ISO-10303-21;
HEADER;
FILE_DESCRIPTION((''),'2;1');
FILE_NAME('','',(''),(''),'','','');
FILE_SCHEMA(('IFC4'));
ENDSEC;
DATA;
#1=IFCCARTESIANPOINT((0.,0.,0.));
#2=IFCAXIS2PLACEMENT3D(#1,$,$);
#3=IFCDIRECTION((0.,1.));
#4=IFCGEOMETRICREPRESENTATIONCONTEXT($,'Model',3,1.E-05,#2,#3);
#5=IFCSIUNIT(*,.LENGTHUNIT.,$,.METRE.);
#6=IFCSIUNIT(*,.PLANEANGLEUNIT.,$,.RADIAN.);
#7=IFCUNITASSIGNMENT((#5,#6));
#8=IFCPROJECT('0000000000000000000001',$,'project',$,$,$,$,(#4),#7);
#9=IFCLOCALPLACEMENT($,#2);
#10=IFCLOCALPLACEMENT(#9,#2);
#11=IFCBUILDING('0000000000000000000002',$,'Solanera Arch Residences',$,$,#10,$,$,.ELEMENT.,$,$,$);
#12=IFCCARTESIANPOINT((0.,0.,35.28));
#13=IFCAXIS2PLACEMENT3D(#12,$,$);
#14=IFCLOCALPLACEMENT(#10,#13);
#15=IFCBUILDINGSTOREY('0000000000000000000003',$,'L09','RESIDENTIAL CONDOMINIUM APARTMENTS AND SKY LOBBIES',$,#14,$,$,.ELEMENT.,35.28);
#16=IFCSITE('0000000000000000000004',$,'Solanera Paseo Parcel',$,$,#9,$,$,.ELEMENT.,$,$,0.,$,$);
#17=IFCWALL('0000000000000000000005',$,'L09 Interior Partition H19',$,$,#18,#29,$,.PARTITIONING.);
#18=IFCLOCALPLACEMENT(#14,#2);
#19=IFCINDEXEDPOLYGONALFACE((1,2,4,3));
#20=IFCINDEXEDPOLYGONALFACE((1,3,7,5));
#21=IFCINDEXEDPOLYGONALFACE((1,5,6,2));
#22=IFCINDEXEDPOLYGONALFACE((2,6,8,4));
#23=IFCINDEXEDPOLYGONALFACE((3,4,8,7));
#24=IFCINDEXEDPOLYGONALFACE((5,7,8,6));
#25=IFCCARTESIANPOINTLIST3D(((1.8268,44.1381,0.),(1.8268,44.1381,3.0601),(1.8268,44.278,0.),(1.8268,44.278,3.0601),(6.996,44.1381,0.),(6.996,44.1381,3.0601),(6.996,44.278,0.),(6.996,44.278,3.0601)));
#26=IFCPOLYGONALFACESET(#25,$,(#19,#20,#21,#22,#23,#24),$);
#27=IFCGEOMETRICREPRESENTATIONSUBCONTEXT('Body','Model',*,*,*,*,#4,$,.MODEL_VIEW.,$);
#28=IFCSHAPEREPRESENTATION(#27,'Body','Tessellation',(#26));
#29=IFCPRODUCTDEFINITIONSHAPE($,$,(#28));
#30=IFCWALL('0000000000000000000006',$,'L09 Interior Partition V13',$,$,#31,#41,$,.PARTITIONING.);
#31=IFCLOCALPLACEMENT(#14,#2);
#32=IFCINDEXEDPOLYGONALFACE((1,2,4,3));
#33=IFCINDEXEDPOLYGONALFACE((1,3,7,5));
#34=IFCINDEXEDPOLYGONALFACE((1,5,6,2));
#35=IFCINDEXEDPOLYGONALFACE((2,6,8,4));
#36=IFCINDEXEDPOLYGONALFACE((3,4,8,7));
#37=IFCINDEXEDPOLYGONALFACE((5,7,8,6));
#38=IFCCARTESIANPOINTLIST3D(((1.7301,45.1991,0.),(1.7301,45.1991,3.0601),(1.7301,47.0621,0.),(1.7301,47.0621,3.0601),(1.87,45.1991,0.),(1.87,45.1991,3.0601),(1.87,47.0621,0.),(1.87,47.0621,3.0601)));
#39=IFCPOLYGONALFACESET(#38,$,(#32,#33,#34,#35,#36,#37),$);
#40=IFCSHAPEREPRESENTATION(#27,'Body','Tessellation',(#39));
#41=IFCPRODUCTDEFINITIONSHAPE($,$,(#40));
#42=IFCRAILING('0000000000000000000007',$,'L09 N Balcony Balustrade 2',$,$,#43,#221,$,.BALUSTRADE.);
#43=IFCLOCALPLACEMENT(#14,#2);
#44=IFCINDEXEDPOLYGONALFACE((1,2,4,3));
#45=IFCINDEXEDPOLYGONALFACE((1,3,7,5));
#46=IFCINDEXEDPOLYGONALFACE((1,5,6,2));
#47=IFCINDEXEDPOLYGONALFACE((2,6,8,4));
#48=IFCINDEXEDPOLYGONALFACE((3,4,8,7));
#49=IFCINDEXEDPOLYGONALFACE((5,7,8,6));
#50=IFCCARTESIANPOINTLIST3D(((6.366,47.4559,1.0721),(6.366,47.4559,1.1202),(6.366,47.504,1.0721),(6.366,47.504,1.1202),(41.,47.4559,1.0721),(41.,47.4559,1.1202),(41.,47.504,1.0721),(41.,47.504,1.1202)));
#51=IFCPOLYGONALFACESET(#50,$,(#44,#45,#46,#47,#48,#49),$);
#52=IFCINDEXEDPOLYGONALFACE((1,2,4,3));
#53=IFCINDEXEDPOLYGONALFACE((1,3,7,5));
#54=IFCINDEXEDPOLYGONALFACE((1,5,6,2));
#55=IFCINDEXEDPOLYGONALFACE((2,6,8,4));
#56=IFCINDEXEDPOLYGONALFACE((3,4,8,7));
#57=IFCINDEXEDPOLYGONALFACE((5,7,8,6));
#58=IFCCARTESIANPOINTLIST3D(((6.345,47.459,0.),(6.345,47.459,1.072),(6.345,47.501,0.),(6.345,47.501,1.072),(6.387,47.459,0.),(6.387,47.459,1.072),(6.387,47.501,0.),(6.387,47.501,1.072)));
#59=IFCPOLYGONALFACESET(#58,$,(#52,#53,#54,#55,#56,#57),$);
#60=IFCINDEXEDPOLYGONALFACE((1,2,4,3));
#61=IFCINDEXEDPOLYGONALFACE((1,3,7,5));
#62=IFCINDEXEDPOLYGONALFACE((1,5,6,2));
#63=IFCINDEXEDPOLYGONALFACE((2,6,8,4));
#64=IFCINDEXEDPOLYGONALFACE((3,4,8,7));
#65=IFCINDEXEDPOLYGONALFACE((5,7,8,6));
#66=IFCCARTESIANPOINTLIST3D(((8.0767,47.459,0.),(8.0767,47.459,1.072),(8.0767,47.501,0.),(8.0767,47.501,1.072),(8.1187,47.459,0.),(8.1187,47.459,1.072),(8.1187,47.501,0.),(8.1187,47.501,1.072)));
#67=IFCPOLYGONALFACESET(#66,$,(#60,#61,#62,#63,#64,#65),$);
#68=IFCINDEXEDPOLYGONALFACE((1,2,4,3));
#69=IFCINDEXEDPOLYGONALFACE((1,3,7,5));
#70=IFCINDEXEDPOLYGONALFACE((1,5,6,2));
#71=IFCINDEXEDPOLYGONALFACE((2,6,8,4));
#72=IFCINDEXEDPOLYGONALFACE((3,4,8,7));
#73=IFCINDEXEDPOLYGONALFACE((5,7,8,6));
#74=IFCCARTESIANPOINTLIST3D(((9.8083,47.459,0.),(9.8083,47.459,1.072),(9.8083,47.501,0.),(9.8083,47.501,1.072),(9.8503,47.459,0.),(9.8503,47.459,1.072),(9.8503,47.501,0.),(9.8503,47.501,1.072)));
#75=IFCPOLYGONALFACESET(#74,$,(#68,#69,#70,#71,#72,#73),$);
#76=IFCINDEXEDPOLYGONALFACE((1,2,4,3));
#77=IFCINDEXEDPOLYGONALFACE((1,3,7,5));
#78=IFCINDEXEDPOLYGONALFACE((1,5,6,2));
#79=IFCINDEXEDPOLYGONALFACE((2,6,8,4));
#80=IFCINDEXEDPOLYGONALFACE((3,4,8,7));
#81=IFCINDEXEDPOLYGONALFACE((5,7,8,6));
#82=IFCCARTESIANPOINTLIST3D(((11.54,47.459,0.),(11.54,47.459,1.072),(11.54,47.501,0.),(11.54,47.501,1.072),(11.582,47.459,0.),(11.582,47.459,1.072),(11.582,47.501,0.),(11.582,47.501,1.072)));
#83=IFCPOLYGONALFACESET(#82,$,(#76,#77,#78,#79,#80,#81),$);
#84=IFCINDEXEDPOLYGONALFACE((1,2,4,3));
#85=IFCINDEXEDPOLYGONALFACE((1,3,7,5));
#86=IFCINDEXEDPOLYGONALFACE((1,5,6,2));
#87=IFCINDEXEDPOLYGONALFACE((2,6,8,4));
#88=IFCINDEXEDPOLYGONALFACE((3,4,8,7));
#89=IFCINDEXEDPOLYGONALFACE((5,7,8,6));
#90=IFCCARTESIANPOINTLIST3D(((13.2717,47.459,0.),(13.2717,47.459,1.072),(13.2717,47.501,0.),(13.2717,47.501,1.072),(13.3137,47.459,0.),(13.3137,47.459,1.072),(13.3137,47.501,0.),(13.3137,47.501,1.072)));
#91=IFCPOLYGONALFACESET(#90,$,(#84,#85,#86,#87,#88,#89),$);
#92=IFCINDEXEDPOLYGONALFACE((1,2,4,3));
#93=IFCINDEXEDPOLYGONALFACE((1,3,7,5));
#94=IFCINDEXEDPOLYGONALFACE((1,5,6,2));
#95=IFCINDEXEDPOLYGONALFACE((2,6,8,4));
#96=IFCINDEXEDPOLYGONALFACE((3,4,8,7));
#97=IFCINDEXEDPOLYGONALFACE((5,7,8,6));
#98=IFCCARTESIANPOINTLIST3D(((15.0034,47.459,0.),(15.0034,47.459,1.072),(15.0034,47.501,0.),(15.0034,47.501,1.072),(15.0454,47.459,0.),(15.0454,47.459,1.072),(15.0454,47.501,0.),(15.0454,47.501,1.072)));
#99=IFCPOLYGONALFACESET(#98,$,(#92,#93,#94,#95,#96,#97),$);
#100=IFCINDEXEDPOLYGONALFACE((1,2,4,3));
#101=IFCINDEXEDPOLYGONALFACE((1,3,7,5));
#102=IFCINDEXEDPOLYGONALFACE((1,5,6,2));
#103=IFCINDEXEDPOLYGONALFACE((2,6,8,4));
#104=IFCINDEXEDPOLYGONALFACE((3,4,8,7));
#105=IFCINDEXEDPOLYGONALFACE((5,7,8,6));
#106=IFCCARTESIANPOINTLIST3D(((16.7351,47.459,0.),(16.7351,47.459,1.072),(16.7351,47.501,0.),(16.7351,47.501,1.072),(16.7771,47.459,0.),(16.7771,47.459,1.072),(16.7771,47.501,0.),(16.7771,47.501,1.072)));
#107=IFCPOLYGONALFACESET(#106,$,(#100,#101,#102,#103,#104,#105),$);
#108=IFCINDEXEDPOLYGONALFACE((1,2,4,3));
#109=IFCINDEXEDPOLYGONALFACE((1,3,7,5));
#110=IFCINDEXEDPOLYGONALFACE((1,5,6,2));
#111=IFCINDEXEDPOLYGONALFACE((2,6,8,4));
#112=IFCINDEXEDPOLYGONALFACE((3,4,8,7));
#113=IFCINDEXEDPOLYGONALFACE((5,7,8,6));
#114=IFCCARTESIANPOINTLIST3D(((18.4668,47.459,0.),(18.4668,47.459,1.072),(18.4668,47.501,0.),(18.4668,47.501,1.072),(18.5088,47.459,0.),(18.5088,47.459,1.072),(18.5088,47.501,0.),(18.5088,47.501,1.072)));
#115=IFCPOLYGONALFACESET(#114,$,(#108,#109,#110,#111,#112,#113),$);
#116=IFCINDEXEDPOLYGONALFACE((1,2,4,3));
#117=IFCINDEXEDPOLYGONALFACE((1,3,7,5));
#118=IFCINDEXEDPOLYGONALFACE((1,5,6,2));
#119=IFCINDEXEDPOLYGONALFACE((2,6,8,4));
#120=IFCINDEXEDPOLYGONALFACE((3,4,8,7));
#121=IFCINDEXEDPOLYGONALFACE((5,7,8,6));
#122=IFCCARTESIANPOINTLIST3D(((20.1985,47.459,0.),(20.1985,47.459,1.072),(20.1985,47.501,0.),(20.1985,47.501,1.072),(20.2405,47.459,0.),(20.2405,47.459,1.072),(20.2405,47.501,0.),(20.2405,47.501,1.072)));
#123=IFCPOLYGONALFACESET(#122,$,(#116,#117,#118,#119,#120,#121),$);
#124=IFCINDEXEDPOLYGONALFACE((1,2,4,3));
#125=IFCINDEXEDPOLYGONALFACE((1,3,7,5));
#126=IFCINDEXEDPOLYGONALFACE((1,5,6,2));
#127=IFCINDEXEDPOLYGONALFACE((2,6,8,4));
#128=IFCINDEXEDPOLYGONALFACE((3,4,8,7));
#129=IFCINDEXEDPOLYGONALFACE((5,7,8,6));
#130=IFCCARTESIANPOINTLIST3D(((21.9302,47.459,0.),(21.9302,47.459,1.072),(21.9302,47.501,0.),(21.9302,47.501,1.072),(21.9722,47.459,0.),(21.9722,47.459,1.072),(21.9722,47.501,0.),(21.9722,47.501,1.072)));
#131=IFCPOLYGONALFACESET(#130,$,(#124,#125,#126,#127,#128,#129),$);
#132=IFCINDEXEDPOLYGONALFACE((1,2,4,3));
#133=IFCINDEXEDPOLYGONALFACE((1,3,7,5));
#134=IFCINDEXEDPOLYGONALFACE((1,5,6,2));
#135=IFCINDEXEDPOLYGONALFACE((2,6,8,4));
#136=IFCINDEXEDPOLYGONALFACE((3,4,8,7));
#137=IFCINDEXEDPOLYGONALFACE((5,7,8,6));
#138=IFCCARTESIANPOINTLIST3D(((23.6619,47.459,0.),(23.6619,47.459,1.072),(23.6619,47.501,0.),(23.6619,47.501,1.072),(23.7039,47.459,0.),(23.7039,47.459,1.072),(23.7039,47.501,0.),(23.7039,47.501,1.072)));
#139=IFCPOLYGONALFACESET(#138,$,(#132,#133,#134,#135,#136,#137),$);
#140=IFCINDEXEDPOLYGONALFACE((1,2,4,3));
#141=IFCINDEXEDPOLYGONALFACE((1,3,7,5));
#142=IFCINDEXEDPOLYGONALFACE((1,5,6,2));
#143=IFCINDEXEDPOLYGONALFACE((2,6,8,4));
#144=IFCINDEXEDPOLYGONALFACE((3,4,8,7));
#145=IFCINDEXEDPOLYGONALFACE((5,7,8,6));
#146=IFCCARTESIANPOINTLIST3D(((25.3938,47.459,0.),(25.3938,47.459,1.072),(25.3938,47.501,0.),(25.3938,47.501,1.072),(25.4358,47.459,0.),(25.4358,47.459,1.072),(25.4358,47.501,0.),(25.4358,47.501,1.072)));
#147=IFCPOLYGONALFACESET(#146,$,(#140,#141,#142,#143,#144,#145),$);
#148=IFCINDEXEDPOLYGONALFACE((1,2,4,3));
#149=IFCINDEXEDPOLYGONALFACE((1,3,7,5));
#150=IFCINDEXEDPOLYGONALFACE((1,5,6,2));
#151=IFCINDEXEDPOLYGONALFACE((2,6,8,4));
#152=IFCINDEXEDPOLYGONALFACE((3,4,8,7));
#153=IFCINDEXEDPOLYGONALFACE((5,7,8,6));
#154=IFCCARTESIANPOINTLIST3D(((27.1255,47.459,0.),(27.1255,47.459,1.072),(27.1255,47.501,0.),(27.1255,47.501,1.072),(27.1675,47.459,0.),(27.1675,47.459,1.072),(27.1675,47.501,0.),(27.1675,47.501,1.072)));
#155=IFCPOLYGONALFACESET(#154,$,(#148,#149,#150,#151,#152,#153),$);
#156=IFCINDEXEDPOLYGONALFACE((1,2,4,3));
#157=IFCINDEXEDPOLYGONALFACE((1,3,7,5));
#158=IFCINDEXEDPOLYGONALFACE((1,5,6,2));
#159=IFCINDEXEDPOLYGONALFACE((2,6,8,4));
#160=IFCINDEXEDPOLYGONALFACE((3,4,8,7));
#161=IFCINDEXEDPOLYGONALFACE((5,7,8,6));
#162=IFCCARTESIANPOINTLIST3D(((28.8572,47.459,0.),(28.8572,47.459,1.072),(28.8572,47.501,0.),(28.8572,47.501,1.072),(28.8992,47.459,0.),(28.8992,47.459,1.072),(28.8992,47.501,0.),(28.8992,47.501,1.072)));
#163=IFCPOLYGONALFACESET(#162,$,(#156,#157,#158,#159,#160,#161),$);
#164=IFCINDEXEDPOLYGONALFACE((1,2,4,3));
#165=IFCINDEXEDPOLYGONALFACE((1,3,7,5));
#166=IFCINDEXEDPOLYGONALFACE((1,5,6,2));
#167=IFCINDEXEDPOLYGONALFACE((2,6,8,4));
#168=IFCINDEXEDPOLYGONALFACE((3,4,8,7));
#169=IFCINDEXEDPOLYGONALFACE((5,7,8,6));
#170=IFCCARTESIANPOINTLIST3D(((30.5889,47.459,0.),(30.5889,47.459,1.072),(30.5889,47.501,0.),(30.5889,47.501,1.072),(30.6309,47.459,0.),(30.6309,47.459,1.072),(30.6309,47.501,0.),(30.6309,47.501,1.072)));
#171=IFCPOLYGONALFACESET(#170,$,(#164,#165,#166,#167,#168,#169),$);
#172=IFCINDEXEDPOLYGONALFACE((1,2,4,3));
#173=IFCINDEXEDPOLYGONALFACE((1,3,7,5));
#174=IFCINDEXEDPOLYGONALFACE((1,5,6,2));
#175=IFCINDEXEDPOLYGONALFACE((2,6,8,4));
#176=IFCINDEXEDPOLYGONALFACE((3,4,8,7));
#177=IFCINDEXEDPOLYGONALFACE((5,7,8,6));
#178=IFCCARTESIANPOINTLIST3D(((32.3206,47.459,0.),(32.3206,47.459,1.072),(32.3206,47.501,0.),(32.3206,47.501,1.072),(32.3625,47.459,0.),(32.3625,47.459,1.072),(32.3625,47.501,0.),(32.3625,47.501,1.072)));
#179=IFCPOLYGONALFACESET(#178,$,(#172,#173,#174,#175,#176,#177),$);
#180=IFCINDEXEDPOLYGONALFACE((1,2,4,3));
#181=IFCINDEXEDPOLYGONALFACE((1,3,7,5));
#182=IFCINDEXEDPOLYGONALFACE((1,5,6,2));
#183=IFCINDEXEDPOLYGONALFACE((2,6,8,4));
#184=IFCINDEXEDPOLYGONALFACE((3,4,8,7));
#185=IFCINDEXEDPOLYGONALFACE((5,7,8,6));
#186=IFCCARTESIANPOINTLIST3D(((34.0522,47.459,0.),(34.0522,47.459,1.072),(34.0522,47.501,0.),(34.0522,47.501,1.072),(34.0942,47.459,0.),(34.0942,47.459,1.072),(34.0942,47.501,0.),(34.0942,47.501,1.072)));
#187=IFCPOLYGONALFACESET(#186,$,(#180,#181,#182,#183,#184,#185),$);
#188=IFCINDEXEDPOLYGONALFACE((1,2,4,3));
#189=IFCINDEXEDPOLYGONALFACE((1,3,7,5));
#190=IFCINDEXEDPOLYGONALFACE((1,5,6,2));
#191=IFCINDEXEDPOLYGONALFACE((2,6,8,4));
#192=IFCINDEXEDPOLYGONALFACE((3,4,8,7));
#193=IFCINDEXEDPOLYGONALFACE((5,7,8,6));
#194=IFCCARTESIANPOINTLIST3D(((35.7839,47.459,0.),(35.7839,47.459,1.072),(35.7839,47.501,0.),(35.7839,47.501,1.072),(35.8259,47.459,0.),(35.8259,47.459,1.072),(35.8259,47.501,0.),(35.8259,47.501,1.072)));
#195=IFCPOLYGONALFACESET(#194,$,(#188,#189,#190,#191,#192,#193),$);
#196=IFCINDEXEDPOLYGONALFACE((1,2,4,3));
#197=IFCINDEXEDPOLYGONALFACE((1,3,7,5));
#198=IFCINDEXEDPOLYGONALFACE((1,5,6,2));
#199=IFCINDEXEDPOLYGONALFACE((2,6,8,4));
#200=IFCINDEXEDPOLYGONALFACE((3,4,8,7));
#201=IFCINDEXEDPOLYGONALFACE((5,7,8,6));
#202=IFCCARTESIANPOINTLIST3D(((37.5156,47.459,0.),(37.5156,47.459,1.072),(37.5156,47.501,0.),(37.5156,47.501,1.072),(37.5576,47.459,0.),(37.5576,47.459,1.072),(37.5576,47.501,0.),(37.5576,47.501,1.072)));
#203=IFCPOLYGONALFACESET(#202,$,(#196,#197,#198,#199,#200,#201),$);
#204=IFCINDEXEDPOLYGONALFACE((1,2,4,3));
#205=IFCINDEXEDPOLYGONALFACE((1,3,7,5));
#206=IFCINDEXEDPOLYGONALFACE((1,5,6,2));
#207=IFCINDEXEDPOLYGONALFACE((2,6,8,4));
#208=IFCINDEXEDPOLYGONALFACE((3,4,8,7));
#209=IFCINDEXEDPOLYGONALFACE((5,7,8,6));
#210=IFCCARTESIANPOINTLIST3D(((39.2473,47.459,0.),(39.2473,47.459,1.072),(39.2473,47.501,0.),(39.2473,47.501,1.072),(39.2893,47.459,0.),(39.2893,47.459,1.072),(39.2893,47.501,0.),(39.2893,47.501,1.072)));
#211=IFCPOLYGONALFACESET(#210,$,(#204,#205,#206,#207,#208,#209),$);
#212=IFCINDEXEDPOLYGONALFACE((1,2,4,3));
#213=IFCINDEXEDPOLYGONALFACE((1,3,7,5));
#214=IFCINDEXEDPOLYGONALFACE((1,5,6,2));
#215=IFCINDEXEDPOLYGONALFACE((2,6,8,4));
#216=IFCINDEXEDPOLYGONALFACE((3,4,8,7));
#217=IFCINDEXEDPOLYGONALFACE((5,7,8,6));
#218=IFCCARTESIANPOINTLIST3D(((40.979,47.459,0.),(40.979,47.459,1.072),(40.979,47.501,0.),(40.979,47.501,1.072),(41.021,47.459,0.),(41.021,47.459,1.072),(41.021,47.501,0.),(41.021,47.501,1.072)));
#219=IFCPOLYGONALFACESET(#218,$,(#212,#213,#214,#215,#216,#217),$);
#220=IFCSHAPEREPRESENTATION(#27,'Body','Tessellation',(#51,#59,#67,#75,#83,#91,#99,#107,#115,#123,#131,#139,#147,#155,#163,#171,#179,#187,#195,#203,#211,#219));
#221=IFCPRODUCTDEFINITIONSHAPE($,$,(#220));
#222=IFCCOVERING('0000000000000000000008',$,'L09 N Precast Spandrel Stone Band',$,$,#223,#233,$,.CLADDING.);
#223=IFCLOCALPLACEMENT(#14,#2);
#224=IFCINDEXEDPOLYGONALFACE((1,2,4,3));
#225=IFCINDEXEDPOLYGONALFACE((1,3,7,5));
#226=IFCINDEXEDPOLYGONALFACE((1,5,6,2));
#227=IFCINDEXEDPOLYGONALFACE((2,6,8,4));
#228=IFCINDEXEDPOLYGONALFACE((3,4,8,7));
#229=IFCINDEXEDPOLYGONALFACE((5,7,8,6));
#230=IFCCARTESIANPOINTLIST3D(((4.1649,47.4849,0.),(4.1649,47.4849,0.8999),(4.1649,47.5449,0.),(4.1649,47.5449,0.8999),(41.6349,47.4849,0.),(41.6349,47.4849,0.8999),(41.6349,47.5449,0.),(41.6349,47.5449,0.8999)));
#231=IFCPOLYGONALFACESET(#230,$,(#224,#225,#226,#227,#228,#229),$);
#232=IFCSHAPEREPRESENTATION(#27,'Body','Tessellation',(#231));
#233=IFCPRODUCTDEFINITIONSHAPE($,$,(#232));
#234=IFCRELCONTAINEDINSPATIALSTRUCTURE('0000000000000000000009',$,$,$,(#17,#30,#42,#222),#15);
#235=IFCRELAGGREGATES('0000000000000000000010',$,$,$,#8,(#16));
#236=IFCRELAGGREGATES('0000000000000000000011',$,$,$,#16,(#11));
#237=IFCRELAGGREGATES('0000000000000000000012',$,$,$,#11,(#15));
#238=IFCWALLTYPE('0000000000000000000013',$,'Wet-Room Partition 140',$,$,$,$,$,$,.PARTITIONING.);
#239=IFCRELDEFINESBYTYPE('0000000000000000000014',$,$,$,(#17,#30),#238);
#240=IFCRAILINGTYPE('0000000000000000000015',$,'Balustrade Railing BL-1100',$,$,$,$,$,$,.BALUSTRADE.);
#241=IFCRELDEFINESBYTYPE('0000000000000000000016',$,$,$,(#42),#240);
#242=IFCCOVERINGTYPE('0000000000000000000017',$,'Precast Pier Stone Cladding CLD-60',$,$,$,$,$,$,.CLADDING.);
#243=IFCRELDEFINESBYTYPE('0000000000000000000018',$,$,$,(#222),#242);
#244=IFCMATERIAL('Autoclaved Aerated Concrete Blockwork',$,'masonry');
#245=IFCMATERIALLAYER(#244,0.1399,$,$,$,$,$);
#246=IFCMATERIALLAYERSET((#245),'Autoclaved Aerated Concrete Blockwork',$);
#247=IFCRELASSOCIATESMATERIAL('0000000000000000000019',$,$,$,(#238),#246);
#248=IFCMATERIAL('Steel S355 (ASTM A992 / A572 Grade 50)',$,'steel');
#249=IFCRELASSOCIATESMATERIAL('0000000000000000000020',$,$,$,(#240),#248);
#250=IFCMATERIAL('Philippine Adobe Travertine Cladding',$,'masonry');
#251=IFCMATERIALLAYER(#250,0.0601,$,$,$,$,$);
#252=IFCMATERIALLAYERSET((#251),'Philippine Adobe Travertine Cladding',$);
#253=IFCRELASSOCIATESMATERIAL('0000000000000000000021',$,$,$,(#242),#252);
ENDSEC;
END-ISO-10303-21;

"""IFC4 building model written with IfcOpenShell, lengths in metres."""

from ifc_helpers import new_model, si_unit, direction, frame, frame_2d, origin, origin_2d, place, context, subcontext, project, spatial, rectangle, extrude, material, layer, layer_set, type_object, element, save


model = new_model("IFC4")

# Units and contexts
model_context = context("Model", 3, precision=1e-05, world=origin(), true_north=direction((0.0, 1.0)))
body_context = subcontext(model_context, "Body", "Model", "MODEL_VIEW")
ifc_project = project(units=[si_unit("LENGTHUNIT", "METRE"), si_unit("PLANEANGLEUNIT", "RADIAN")], contexts=[model_context])

# Site, building, storey
site_placement = place(None, origin())
site = spatial("IfcSite", under=ifc_project, at=site_placement, Name="Solanera Paseo Parcel", CompositionType="ELEMENT", RefElevation=0.0)
building_placement = place(site_placement, origin())
building = spatial("IfcBuilding", under=site, at=building_placement, Name="Solanera Arch Residences", CompositionType="ELEMENT")
storey_placement = place(building_placement, frame((0.0, 0.0, 35.28)))
storey = spatial("IfcBuildingStorey", under=building, at=storey_placement, Name="L09", Description="RESIDENTIAL CONDOMINIUM APARTMENTS AND SKY LOBBIES", CompositionType="ELEMENT", Elevation=35.28)

# Walls
ifc_material_1 = material(Name="Autoclaved Aerated Concrete Blockwork", Category="masonry")
ifc_layer_1 = layer(ifc_material_1, 0.1399)
ifc_layer_set_1 = layer_set([ifc_layer_1], Name="Autoclaved Aerated Concrete Blockwork")
wall_type_1 = type_object("IfcWallType", Name="Wet-Room Partition 140", PredefinedType="PARTITIONING", material=ifc_layer_set_1)
wall_1_placement = place(storey_placement, frame((1.8269, 44.208, 0.0), z_axis=(0.0, 0.0, 1.0), x_axis=(1.0, 0.0, 0.0)))
element("IfcWall", 1, at=wall_1_placement, inside=storey, type_object=wall_type_1, Name="L09 Interior Partition H19", PredefinedType="PARTITIONING", context=body_context, shape_type="SweptSolid", body=[
    extrude(rectangle(XDim=5.1692, YDim=0.1399, at=frame_2d((2.5845, 0.0))), origin(), (0.0, 0.0, 1.0), 3.0601),
])
wall_2_placement = place(storey_placement, frame((1.8, 45.199, 0.0), z_axis=(0.0, 0.0, 1.0), x_axis=(0.0, 1.0, 0.0)))
element("IfcWall", 2, at=wall_2_placement, inside=storey, type_object=wall_type_1, Name="L09 Interior Partition V13", PredefinedType="PARTITIONING", context=body_context, shape_type="SweptSolid", body=[
    extrude(rectangle(XDim=1.863, YDim=0.1399, at=frame_2d((0.9316, 0.0))), origin(), (0.0, 0.0, 1.0), 3.0601),
])

# Railing
ifc_material_2 = material(Name="Steel S355 (ASTM A992 / A572 Grade 50)", Category="steel")
railing_type = type_object("IfcRailingType", Name="Balustrade Railing BL-1100", PredefinedType="BALUSTRADE", material=ifc_material_2)
railing_placement = place(storey_placement, frame((6.366, 47.48, 0.0)))
element("IfcRailing", 3, at=railing_placement, inside=storey, type_object=railing_type, Name="L09 N Balcony Balustrade 2", PredefinedType="BALUSTRADE", context=body_context, shape_type="SweptSolid", body=[
    extrude(rectangle(XDim=0.0481, YDim=0.0481, at=origin_2d()), frame((0.0, 0.0, 1.0962), z_axis=(1.0, 0.0, 0.0), x_axis=(0.0, 1.0, 0.0)), (0.0, 0.0, 1.0), 34.634),
    extrude(rectangle(XDim=0.042, YDim=0.042, at=origin_2d()), origin(), (0.0, 0.0, 1.0), 1.072),
    extrude(rectangle(XDim=0.042, YDim=0.042, at=origin_2d()), frame((1.7317, 0.0, 0.0)), (0.0, 0.0, 1.0), 1.072),
    extrude(rectangle(XDim=0.042, YDim=0.042, at=origin_2d()), frame((3.4634, 0.0, 0.0)), (0.0, 0.0, 1.0), 1.072),
    extrude(rectangle(XDim=0.042, YDim=0.042, at=origin_2d()), frame((5.1951, 0.0, 0.0)), (0.0, 0.0, 1.0), 1.072),
    extrude(rectangle(XDim=0.042, YDim=0.042, at=origin_2d()), frame((6.9268, 0.0, 0.0)), (0.0, 0.0, 1.0), 1.072),
    extrude(rectangle(XDim=0.042, YDim=0.042, at=origin_2d()), frame((8.6584, 0.0, 0.0)), (0.0, 0.0, 1.0), 1.072),
    extrude(rectangle(XDim=0.042, YDim=0.042, at=origin_2d()), frame((10.3901, 0.0, 0.0)), (0.0, 0.0, 1.0), 1.072),
    extrude(rectangle(XDim=0.042, YDim=0.042, at=origin_2d()), frame((12.1218, 0.0, 0.0)), (0.0, 0.0, 1.0), 1.072),
    extrude(rectangle(XDim=0.042, YDim=0.042, at=origin_2d()), frame((13.8535, 0.0, 0.0)), (0.0, 0.0, 1.0), 1.072),
    extrude(rectangle(XDim=0.042, YDim=0.042, at=origin_2d()), frame((15.5852, 0.0, 0.0)), (0.0, 0.0, 1.0), 1.072),
    extrude(rectangle(XDim=0.042, YDim=0.042, at=origin_2d()), frame((17.3169, 0.0, 0.0)), (0.0, 0.0, 1.0), 1.072),
    extrude(rectangle(XDim=0.042, YDim=0.042, at=origin_2d()), frame((19.0488, 0.0, 0.0)), (0.0, 0.0, 1.0), 1.072),
    extrude(rectangle(XDim=0.042, YDim=0.042, at=origin_2d()), frame((20.7805, 0.0, 0.0)), (0.0, 0.0, 1.0), 1.072),
    extrude(rectangle(XDim=0.042, YDim=0.042, at=origin_2d()), frame((22.5122, 0.0, 0.0)), (0.0, 0.0, 1.0), 1.072),
    extrude(rectangle(XDim=0.042, YDim=0.042, at=origin_2d()), frame((24.2439, 0.0, 0.0)), (0.0, 0.0, 1.0), 1.072),
    extrude(rectangle(XDim=0.042, YDim=0.042, at=origin_2d()), frame((25.9756, 0.0, 0.0)), (0.0, 0.0, 1.0), 1.072),
    extrude(rectangle(XDim=0.042, YDim=0.042, at=origin_2d()), frame((27.7073, 0.0, 0.0)), (0.0, 0.0, 1.0), 1.072),
    extrude(rectangle(XDim=0.042, YDim=0.042, at=origin_2d()), frame((29.439, 0.0, 0.0)), (0.0, 0.0, 1.0), 1.072),
    extrude(rectangle(XDim=0.042, YDim=0.042, at=origin_2d()), frame((31.1707, 0.0, 0.0)), (0.0, 0.0, 1.0), 1.072),
    extrude(rectangle(XDim=0.042, YDim=0.042, at=origin_2d()), frame((32.9023, 0.0, 0.0)), (0.0, 0.0, 1.0), 1.072),
    extrude(rectangle(XDim=0.042, YDim=0.042, at=origin_2d()), frame((34.634, 0.0, 0.0)), (0.0, 0.0, 1.0), 1.072),
])

# Covering
ifc_material_3 = material(Name="Philippine Adobe Travertine Cladding", Category="masonry")
ifc_layer_2 = layer(ifc_material_3, 0.0601)
ifc_layer_set_2 = layer_set([ifc_layer_2], Name="Philippine Adobe Travertine Cladding")
covering_type = type_object("IfcCoveringType", Name="Precast Pier Stone Cladding CLD-60", PredefinedType="CLADDING", material=ifc_layer_set_2)
covering_placement = place(storey_placement, frame((4.165, 47.5149, 0.0), z_axis=(0.0, 0.0, 1.0), x_axis=(1.0, 0.0, 0.0)))
element("IfcCovering", 4, at=covering_placement, inside=storey, type_object=covering_type, Name="L09 N Precast Spandrel Stone Band", PredefinedType="CLADDING", context=body_context, shape_type="SweptSolid", body=[
    extrude(rectangle(XDim=37.47, YDim=0.0601, at=frame_2d((18.7349, 0.0))), origin(), (0.0, 0.0, 1.0), 0.8999),
])

save(model, "model.ifc")
